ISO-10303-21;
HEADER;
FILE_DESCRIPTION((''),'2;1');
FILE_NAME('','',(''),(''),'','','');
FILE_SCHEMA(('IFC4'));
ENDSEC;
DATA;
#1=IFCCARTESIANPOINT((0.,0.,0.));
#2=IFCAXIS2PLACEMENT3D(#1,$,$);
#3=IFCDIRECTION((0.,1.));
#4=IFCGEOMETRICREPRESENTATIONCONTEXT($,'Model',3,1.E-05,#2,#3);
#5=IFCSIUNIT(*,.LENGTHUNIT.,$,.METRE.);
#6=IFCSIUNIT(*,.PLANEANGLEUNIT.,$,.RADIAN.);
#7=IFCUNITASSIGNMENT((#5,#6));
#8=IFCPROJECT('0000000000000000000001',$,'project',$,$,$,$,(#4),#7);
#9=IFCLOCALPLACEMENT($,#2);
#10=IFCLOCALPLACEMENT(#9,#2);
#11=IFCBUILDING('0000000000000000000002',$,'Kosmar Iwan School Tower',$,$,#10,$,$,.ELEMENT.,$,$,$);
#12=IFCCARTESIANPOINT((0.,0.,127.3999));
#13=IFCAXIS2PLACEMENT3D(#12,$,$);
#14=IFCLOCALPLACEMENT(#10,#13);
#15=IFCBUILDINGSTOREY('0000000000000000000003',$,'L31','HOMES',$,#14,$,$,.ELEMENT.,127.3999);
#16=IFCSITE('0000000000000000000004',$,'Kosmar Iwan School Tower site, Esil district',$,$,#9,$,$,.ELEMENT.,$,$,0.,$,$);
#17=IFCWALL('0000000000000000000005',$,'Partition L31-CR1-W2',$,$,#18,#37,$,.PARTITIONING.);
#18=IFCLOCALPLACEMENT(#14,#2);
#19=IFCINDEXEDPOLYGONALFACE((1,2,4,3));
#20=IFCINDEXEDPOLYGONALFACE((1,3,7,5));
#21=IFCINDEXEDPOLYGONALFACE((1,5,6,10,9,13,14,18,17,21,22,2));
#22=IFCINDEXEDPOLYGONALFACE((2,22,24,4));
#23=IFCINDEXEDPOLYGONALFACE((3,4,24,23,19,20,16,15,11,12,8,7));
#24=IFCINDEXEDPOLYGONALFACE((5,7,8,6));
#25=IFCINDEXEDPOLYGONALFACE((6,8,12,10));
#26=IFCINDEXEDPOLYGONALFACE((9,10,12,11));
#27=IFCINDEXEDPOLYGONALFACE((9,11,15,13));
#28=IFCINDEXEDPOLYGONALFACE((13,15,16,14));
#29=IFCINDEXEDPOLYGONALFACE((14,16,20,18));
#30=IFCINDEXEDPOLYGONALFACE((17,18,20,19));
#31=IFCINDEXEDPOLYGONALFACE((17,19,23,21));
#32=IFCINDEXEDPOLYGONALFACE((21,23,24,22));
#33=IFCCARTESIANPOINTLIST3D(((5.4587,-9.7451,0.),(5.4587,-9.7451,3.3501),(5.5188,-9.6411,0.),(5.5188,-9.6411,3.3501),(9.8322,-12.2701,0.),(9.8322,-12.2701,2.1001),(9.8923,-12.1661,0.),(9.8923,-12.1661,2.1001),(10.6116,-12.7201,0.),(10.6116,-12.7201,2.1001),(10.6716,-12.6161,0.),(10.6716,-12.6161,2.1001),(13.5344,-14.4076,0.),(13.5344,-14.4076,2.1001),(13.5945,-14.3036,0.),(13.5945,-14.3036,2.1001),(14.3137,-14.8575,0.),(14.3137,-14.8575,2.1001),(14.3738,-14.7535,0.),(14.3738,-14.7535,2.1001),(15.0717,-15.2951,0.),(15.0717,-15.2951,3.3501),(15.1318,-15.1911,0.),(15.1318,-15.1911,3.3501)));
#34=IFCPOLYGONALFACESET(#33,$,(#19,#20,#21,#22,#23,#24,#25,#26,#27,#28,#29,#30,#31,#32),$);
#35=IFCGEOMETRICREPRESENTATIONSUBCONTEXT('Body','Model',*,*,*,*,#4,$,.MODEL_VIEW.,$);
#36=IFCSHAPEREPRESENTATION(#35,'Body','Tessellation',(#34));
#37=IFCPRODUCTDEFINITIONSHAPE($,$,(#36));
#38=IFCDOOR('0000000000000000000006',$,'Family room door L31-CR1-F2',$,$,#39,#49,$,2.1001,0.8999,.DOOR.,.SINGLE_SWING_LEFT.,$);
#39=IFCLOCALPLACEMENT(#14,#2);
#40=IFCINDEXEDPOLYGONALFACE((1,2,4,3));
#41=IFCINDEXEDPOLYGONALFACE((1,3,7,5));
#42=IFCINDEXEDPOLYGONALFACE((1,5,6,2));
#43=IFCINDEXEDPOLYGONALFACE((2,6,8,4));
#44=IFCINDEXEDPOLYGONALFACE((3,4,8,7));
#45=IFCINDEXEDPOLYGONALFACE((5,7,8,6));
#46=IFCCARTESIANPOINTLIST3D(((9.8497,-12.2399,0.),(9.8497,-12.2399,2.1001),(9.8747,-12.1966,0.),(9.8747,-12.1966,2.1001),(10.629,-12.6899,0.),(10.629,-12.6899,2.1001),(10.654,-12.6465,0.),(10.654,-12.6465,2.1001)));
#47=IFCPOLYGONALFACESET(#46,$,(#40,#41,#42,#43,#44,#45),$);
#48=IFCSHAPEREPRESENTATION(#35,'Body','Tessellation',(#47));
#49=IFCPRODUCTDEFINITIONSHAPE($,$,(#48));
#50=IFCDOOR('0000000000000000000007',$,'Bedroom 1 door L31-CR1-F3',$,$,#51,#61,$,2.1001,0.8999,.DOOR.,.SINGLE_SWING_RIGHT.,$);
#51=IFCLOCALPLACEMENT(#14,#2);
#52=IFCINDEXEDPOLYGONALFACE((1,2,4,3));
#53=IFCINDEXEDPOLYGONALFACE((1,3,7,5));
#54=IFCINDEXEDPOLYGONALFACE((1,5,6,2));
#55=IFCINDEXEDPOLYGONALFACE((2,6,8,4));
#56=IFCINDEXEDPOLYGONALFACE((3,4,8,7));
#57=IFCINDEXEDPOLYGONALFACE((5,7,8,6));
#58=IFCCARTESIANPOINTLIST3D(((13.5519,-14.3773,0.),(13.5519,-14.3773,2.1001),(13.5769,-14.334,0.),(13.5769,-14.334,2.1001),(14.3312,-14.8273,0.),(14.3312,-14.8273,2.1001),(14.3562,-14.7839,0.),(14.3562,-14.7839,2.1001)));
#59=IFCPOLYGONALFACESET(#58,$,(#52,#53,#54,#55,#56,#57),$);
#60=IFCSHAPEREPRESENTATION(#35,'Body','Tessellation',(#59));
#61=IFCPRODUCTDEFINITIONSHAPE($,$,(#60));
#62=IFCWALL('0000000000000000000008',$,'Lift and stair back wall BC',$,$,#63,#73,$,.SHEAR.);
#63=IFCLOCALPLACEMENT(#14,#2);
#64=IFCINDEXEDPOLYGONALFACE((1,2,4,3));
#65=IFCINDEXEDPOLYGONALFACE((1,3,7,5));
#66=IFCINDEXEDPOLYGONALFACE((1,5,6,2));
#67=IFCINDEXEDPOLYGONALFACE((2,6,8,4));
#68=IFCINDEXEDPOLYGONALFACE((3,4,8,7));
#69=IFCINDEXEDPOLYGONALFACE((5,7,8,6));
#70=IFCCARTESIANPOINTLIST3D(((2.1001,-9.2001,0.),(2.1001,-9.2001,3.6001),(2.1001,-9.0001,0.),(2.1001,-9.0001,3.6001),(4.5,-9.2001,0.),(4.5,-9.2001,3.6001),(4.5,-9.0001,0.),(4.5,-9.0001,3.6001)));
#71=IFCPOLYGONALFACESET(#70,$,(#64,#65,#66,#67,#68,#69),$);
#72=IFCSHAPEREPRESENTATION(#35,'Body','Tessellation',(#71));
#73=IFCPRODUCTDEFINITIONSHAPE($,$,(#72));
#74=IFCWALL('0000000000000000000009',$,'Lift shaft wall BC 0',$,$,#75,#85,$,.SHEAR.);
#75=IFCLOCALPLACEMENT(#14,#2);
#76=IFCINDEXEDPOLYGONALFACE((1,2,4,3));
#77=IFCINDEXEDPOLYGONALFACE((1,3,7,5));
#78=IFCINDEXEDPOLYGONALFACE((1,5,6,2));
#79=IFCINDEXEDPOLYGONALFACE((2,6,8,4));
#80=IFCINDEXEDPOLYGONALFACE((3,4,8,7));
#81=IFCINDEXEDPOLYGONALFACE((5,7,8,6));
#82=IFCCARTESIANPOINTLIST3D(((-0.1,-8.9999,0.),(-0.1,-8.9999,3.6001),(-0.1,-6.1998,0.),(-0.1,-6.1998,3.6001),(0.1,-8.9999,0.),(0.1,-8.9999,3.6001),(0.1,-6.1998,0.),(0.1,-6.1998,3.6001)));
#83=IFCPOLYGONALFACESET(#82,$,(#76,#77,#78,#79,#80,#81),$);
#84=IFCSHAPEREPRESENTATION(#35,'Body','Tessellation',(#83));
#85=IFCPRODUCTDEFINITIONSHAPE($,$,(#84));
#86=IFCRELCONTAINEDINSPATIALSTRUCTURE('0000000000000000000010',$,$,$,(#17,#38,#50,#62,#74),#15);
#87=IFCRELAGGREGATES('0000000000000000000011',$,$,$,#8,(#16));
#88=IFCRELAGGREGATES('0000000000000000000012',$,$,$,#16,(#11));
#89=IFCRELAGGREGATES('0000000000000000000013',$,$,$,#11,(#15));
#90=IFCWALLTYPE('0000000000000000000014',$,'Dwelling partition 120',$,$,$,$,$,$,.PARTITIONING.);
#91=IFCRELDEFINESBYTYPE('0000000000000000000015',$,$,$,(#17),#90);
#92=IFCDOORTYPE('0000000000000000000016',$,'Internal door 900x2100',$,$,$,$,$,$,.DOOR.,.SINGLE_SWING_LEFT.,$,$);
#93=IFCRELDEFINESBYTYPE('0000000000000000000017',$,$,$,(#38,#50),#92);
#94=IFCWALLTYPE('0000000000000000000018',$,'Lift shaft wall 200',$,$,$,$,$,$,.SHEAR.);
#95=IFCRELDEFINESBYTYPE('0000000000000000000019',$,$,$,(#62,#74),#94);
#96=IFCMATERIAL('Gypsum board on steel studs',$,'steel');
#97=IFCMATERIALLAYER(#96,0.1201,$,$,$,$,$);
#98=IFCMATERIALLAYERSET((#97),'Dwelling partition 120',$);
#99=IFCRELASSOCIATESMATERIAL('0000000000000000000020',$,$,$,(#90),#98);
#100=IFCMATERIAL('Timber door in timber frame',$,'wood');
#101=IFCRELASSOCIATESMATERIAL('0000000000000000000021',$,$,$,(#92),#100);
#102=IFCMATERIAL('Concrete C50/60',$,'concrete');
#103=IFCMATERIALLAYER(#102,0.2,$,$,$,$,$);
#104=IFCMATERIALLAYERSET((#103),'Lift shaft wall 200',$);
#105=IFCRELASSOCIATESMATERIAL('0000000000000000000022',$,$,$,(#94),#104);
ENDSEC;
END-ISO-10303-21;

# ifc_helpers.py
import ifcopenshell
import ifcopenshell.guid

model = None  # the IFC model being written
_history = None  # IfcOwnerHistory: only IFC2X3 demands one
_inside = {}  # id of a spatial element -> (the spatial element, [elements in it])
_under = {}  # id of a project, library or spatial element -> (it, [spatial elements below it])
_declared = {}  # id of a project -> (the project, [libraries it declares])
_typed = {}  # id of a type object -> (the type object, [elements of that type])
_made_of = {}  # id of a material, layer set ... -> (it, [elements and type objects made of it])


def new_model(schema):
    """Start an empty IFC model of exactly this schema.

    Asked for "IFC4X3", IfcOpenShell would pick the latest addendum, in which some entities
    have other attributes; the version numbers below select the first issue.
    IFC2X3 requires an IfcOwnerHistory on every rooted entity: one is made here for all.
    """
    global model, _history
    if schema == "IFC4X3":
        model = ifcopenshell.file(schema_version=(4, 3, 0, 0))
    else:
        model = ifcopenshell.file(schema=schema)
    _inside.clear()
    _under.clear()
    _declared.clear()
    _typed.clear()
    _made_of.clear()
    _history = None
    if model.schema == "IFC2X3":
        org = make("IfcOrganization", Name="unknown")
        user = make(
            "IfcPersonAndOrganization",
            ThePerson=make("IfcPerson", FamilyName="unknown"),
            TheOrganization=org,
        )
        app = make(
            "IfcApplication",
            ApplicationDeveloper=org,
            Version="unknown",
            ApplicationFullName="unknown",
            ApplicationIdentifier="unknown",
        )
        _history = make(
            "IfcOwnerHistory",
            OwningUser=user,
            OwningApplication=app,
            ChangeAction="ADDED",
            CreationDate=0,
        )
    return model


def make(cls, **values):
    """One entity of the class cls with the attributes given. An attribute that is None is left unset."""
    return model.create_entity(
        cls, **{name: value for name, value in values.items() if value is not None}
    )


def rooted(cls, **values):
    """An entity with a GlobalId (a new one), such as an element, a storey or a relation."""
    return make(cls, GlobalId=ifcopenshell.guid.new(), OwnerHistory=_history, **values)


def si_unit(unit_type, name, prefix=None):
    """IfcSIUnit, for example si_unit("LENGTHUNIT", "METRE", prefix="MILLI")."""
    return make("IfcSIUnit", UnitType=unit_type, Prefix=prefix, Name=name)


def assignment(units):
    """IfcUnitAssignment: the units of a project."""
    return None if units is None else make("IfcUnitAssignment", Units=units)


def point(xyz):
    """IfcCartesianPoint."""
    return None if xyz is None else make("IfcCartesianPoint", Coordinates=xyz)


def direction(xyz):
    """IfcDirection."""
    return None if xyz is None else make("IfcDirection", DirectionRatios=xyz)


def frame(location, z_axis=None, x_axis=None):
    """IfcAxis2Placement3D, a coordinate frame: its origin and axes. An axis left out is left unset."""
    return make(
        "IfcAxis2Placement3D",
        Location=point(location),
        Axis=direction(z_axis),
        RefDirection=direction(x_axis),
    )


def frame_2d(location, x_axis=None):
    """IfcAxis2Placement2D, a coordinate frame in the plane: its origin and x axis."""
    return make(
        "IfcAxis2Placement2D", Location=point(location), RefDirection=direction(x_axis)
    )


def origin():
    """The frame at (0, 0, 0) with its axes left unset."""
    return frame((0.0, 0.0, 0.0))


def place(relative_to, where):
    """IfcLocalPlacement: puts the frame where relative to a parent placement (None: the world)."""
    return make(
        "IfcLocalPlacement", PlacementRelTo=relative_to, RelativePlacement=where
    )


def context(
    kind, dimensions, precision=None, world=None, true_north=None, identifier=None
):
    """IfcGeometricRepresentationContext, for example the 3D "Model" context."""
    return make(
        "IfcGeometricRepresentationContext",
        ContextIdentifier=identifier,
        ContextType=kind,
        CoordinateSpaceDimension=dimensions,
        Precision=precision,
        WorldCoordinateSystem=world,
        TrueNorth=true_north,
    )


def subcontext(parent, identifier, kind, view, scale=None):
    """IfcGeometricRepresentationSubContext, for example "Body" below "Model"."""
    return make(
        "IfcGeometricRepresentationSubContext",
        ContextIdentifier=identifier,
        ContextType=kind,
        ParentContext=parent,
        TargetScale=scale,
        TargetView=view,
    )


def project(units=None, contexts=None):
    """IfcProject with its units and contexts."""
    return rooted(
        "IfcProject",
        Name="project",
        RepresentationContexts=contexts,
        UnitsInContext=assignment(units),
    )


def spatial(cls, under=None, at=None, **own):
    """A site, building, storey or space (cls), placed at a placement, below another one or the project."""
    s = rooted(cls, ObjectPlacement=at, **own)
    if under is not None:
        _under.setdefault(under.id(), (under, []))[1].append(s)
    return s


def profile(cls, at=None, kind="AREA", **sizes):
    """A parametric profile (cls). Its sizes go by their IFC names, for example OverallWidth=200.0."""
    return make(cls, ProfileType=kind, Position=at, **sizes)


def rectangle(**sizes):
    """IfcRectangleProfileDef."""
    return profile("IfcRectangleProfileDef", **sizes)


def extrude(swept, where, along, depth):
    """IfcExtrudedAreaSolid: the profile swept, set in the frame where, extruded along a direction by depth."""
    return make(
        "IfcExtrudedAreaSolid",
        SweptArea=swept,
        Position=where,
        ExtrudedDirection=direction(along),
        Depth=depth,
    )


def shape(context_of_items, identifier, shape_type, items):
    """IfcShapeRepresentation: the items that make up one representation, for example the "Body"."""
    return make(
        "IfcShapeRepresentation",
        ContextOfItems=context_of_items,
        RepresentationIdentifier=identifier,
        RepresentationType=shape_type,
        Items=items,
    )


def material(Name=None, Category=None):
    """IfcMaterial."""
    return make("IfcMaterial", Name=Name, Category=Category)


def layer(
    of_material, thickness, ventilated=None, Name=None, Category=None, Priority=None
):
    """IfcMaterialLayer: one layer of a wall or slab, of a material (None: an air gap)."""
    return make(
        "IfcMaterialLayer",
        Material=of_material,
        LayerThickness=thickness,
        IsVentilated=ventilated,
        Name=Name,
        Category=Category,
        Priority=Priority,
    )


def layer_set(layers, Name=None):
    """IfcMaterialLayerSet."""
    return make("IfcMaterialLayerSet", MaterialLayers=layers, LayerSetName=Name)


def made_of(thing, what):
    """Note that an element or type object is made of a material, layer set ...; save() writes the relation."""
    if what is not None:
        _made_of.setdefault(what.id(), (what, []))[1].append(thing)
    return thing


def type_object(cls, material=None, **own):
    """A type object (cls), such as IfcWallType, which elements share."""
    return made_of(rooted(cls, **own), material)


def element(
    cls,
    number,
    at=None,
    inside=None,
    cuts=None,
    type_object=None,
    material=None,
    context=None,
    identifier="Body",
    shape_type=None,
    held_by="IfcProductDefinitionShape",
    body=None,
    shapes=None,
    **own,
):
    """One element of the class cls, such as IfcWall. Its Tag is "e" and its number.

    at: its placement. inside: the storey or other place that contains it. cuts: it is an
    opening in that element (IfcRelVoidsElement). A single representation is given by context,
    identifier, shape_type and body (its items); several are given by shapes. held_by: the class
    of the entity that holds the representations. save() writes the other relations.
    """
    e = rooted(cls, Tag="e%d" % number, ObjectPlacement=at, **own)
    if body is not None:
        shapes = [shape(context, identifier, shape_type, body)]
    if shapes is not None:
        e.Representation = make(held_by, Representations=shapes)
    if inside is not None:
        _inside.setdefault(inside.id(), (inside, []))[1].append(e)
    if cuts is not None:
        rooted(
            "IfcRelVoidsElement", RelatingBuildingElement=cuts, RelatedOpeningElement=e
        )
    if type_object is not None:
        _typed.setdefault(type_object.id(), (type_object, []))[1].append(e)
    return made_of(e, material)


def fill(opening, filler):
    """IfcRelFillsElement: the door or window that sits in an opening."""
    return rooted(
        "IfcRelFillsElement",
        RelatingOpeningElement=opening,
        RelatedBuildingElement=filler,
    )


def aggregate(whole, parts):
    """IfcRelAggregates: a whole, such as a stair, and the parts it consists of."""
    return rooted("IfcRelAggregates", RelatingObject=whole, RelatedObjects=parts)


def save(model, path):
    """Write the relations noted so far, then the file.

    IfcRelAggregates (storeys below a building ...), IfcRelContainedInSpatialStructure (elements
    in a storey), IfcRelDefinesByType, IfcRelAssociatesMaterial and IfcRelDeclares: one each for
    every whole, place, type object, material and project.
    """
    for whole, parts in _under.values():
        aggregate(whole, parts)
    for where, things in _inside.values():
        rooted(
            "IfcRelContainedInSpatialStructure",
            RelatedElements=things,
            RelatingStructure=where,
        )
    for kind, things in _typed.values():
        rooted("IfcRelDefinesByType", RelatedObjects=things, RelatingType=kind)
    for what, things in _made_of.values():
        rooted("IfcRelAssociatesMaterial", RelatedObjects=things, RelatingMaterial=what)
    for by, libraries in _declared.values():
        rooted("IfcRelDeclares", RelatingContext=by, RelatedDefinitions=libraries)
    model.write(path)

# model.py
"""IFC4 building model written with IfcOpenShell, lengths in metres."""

from ifc_helpers import new_model, si_unit, direction, frame, frame_2d, origin, place, context, subcontext, project, spatial, rectangle, extrude, material, layer, layer_set, type_object, element, fill, save


model = new_model("IFC4")

# Units and contexts
model_context = context("Model", 3, precision=1e-05, world=origin(), true_north=direction((0.0, 1.0)))
body_context = subcontext(model_context, "Body", "Model", "MODEL_VIEW")
ifc_project = project(units=[si_unit("LENGTHUNIT", "METRE"), si_unit("PLANEANGLEUNIT", "RADIAN")], contexts=[model_context])

# Site, building, storey
site_placement = place(None, origin())
site = spatial("IfcSite", under=ifc_project, at=site_placement, Name="Kosmar Iwan School Tower site, Esil district", CompositionType="ELEMENT", RefElevation=0.0)
building_placement = place(site_placement, origin())
building = spatial("IfcBuilding", under=site, at=building_placement, Name="Kosmar Iwan School Tower", CompositionType="ELEMENT")
storey_placement = place(building_placement, frame((0.0, 0.0, 127.3999)))
storey = spatial("IfcBuildingStorey", under=building, at=storey_placement, Name="L31", Description="HOMES", CompositionType="ELEMENT", Elevation=127.3999)

# Wall, openings, doors
ifc_material_1 = material(Name="Gypsum board on steel studs", Category="steel")
ifc_layer_1 = layer(ifc_material_1, 0.1201)
ifc_layer_set_1 = layer_set([ifc_layer_1], Name="Dwelling partition 120")
wall_type_1 = type_object("IfcWallType", Name="Dwelling partition 120", PredefinedType="PARTITIONING", material=ifc_layer_set_1)
wall_1_placement = place(storey_placement, frame((5.4888, -9.6931, 0.0), z_axis=(0.0, 0.0, 1.0), x_axis=(0.866027, -0.499997, 0.0)))
wall_1 = element("IfcWall", 1, at=wall_1_placement, inside=storey, type_object=wall_type_1, Name="Partition L31-CR1-W2", PredefinedType="PARTITIONING", context=body_context, shape_type="SweptSolid", body=[
    extrude(rectangle(XDim=11.1001, YDim=0.1201, at=frame_2d((5.55, 0.0))), origin(), (0.0, 0.0, 1.0), 3.3501),
])
opening_1_placement = place(wall_1_placement, frame((5.05, 0.0, 0.0)))
opening_1 = element("IfcOpeningElement", 2, at=opening_1_placement, cuts=wall_1, PredefinedType="OPENING", context=body_context, shape_type="SweptSolid", body=[
    extrude(rectangle(XDim=0.8999, YDim=2.1001, at=frame_2d((0.45, 1.05))), frame((0.0, 0.072, 0.0), z_axis=(0.0, -1.0, 0.0), x_axis=(1.0, 0.0, 0.0)), (0.0, 0.0, 1.0), 0.144),
])
opening_2_placement = place(wall_1_placement, frame((9.325, 0.0, 0.0)))
opening_2 = element("IfcOpeningElement", 3, at=opening_2_placement, cuts=wall_1, PredefinedType="OPENING", context=body_context, shape_type="SweptSolid", body=[
    extrude(rectangle(XDim=0.8999, YDim=2.1001, at=frame_2d((0.45, 1.05))), frame((0.0, 0.072, 0.0), z_axis=(0.0, -1.0, 0.0), x_axis=(1.0, 0.0, 0.0)), (0.0, 0.0, 1.0), 0.144),
])
ifc_material_2 = material(Name="Timber door in timber frame", Category="wood")
door_type = type_object("IfcDoorType", Name="Internal door 900x2100", OperationType="SINGLE_SWING_LEFT", PredefinedType="DOOR", material=ifc_material_2)
door_1_placement = place(opening_1_placement, origin())
door_1 = element("IfcDoor", 4, at=door_1_placement, inside=storey, type_object=door_type, Name="Family room door L31-CR1-F2", OperationType="SINGLE_SWING_LEFT", OverallHeight=2.1001, OverallWidth=0.8999, PredefinedType="DOOR", context=body_context, shape_type="SweptSolid", body=[
    extrude(rectangle(XDim=0.8999, YDim=2.1001, at=frame_2d((0.45, 1.05))), frame((0.0, 0.0249, 0.0), z_axis=(0.0, -1.0, 0.0), x_axis=(1.0, 0.0, 0.0)), (0.0, 0.0, 1.0), 0.05),
])
fill(opening_1, door_1)
door_2_placement = place(opening_2_placement, origin())
door_2 = element("IfcDoor", 5, at=door_2_placement, inside=storey, type_object=door_type, Name="Bedroom 1 door L31-CR1-F3", OperationType="SINGLE_SWING_RIGHT", OverallHeight=2.1001, OverallWidth=0.8999, PredefinedType="DOOR", context=body_context, shape_type="SweptSolid", body=[
    extrude(rectangle(XDim=0.8999, YDim=2.1001, at=frame_2d((0.45, 1.05))), frame((0.0, 0.0249, 0.0), z_axis=(0.0, -1.0, 0.0), x_axis=(1.0, 0.0, 0.0)), (0.0, 0.0, 1.0), 0.05),
])
fill(opening_2, door_2)

# Walls
ifc_material_3 = material(Name="Concrete C50/60", Category="concrete")
ifc_layer_2 = layer(ifc_material_3, 0.2)
ifc_layer_set_2 = layer_set([ifc_layer_2], Name="Lift shaft wall 200")
wall_type_2 = type_object("IfcWallType", Name="Lift shaft wall 200", PredefinedType="SHEAR", material=ifc_layer_set_2)
wall_2_placement = place(storey_placement, frame((2.1001, -9.1001, 0.0), z_axis=(0.0, 0.0, 1.0), x_axis=(1.0, 0.0, 0.0)))
element("IfcWall", 6, at=wall_2_placement, inside=storey, type_object=wall_type_2, Name="Lift and stair back wall BC", PredefinedType="SHEAR", context=body_context, shape_type="SweptSolid", body=[
    extrude(rectangle(XDim=2.3999, YDim=0.2, at=frame_2d((1.2, 0.0))), origin(), (0.0, 0.0, 1.0), 3.6001),
])
wall_3_placement = place(storey_placement, frame((0.0, -6.2, 0.0), z_axis=(0.0, 0.0, 1.0), x_axis=(0.0, -1.0, 0.0)))
element("IfcWall", 7, at=wall_3_placement, inside=storey, type_object=wall_type_2, Name="Lift shaft wall BC 0", PredefinedType="SHEAR", context=body_context, shape_type="SweptSolid", body=[
    extrude(rectangle(XDim=2.8, YDim=0.2, at=frame_2d((1.3999, 0.0))), origin(), (0.0, 0.0, 1.0), 3.6001),
])

save(model, "model.ifc")
